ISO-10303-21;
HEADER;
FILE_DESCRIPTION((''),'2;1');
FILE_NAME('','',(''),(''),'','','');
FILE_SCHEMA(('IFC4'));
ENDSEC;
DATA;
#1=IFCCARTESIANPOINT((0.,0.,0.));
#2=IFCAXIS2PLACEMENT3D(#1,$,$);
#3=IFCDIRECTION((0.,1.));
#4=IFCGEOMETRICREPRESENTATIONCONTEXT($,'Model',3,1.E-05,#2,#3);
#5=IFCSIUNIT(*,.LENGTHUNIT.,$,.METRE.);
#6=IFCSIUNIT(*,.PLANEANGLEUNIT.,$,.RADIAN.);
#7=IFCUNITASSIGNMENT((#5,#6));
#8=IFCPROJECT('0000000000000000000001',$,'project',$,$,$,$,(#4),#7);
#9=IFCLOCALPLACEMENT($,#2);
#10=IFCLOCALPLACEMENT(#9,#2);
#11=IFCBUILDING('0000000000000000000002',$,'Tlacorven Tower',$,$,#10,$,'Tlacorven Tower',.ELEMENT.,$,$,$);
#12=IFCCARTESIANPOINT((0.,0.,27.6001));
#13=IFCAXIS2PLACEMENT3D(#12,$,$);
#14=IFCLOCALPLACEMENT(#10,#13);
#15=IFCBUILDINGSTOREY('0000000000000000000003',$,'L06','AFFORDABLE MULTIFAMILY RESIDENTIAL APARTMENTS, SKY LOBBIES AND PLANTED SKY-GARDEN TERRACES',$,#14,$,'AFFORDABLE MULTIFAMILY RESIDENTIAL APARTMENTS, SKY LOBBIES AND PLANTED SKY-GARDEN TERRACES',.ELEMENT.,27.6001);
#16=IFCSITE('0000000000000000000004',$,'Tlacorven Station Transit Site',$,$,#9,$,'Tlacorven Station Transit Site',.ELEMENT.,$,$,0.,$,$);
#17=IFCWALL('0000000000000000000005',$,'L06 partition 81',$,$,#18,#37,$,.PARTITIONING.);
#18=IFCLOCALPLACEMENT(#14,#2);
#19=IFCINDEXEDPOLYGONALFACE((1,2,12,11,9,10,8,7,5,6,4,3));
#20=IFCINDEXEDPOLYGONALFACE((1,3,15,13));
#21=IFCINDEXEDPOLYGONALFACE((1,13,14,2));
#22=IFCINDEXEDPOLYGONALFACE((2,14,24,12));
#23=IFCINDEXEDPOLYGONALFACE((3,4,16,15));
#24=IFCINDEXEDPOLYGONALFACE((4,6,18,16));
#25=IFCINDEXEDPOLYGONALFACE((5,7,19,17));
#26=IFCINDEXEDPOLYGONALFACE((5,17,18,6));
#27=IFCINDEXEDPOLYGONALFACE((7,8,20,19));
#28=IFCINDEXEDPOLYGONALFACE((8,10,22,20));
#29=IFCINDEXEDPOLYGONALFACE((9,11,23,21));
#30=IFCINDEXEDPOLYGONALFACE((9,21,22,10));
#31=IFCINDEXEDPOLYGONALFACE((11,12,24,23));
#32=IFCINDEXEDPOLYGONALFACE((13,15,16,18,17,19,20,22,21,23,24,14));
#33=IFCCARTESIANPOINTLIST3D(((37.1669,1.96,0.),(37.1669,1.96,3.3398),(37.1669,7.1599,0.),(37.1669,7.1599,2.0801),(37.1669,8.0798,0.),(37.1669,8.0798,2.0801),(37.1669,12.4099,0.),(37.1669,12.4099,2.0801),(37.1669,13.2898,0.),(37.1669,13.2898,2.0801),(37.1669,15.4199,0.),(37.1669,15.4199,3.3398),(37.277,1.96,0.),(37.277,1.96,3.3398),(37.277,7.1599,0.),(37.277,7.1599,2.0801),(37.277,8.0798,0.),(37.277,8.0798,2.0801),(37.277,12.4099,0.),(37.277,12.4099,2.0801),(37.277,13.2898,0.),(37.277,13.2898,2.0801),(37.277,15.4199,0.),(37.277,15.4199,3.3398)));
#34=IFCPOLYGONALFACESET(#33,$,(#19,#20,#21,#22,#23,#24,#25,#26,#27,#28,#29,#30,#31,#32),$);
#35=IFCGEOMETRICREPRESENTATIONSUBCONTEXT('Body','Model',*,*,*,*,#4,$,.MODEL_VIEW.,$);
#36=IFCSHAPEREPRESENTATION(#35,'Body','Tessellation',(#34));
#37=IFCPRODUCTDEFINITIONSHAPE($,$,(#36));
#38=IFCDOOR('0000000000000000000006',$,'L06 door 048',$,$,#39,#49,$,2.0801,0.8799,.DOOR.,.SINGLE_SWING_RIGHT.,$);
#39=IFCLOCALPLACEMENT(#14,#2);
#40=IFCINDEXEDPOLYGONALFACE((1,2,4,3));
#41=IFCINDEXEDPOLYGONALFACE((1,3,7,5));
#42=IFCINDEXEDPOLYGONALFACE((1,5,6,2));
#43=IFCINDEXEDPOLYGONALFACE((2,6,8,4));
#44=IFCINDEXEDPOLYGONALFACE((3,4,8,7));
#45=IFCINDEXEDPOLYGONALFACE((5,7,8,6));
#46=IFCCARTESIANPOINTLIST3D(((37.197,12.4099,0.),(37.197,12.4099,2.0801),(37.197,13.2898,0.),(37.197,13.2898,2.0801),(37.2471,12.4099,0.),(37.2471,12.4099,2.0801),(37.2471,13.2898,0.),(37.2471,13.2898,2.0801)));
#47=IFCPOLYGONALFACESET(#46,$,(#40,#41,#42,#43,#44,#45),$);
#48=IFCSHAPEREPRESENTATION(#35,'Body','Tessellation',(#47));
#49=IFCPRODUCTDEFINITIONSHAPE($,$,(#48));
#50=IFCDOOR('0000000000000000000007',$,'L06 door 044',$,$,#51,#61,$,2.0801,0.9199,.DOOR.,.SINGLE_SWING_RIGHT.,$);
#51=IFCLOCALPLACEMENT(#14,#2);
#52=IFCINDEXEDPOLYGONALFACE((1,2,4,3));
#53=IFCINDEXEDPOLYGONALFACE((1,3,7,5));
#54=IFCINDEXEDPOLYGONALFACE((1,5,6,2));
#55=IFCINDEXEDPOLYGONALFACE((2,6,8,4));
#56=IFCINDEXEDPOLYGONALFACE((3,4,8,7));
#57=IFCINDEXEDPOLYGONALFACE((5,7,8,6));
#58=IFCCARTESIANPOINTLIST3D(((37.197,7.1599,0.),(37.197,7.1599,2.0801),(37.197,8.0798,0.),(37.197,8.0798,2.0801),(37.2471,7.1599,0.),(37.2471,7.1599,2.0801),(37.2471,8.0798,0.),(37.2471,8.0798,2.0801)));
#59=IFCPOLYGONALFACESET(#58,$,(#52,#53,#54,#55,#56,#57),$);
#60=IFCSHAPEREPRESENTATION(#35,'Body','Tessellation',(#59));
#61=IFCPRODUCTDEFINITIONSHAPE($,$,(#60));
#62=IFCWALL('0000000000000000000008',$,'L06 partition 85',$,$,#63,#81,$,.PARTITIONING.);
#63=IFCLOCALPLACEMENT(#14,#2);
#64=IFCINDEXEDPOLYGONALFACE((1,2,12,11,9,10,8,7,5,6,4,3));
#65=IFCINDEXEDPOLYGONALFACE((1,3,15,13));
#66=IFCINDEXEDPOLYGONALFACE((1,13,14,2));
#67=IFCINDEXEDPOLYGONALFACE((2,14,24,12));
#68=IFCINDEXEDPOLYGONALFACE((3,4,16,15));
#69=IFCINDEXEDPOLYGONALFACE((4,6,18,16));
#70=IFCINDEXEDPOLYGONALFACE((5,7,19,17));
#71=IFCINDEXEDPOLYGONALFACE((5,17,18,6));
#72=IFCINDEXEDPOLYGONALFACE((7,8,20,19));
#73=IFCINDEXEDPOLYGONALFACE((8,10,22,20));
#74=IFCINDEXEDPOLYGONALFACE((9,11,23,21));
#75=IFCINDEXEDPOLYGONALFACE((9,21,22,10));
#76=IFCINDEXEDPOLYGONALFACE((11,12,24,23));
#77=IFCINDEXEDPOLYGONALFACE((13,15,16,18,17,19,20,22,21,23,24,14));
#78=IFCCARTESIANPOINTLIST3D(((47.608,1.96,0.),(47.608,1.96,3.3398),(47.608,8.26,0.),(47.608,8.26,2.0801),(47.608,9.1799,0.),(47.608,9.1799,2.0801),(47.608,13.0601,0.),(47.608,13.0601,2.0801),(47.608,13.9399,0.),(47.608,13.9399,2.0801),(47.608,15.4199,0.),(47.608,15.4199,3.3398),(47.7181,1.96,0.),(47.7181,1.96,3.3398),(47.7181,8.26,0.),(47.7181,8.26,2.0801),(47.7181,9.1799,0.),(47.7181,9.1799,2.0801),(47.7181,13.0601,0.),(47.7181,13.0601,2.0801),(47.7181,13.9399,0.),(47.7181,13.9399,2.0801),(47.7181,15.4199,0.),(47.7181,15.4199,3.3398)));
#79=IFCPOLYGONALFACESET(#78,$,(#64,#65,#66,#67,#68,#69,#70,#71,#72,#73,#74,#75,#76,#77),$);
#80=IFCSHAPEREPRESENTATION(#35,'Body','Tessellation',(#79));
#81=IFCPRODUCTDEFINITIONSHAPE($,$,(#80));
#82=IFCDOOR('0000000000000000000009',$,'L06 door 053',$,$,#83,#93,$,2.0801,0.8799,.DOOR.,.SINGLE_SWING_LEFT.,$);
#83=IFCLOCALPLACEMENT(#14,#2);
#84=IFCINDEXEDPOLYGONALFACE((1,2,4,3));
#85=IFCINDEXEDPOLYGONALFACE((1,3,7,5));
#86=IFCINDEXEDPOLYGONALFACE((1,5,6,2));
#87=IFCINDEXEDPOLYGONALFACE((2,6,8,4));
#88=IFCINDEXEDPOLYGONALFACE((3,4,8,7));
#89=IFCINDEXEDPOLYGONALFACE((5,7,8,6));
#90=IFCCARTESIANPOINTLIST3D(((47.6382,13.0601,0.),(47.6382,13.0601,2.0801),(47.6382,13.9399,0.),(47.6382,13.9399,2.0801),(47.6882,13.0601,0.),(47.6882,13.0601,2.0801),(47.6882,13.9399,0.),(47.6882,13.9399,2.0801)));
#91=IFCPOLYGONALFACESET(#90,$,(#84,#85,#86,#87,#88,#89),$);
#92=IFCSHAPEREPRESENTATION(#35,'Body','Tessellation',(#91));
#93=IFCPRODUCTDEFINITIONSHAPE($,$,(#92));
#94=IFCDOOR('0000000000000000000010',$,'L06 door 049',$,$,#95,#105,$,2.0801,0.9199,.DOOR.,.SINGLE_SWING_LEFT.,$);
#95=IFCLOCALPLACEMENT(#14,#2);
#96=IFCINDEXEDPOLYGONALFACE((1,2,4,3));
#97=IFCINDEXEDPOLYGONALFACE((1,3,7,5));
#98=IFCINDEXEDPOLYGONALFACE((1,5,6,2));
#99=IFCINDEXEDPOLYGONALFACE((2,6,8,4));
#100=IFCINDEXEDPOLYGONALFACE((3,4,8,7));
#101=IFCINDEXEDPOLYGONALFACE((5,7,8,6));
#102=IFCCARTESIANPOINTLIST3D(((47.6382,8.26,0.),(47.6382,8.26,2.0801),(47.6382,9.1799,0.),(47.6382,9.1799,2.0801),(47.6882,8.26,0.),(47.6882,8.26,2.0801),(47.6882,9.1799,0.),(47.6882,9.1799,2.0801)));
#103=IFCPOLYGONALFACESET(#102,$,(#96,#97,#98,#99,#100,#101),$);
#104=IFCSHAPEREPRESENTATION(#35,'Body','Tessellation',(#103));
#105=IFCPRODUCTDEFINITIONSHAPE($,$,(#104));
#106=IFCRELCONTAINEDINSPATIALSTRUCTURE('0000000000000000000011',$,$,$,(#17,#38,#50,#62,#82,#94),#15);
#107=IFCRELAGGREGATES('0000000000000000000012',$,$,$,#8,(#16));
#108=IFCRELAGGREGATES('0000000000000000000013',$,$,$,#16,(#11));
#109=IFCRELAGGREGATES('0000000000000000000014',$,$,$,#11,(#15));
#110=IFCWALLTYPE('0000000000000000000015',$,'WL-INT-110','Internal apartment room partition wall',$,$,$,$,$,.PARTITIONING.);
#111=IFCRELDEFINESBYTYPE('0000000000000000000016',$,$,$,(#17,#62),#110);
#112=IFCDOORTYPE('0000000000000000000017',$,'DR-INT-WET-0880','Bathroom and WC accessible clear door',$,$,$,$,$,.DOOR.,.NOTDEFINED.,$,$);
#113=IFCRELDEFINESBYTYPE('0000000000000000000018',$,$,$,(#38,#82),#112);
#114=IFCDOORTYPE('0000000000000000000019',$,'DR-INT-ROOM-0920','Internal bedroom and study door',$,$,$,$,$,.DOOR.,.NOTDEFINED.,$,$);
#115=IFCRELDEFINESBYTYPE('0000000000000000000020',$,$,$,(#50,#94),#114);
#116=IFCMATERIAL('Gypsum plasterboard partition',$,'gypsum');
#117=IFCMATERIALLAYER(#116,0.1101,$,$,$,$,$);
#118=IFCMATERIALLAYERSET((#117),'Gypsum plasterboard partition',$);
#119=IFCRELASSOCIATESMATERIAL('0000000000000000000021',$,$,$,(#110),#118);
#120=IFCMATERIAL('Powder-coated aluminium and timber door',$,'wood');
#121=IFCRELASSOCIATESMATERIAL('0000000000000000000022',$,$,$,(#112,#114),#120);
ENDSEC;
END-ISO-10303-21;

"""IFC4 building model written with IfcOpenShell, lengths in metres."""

from ifc_helpers import new_model, si_unit, direction, frame, frame_2d, origin, place, context, subcontext, project, spatial, rectangle, extrude, source, transform, mapped, material, layer, layer_set, type_object, element, fill, save


model = new_model("IFC4")

# Units and contexts
model_context = context("Model", 3, precision=1e-05, world=origin(), true_north=direction((0.0, 1.0)))
body_context = subcontext(model_context, "Body", "Model", "MODEL_VIEW")
ifc_project = project(units=[si_unit("LENGTHUNIT", "METRE"), si_unit("PLANEANGLEUNIT", "RADIAN")], contexts=[model_context])

# Site, building, storey
site_placement = place(None, origin())
site = spatial("IfcSite", under=ifc_project, at=site_placement, Name="Tlacorven Station Transit Site", LongName="Tlacorven Station Transit Site", CompositionType="ELEMENT", RefElevation=0.0)
building_placement = place(site_placement, origin())
building = spatial("IfcBuilding", under=site, at=building_placement, Name="Tlacorven Tower", LongName="Tlacorven Tower", CompositionType="ELEMENT")
storey_placement = place(building_placement, frame((0.0, 0.0, 27.6001)))
storey = spatial("IfcBuildingStorey", under=building, at=storey_placement, Name="L06", Description="AFFORDABLE MULTIFAMILY RESIDENTIAL APARTMENTS, SKY LOBBIES AND PLANTED SKY-GARDEN TERRACES", LongName="AFFORDABLE MULTIFAMILY RESIDENTIAL APARTMENTS, SKY LOBBIES AND PLANTED SKY-GARDEN TERRACES", CompositionType="ELEMENT", Elevation=27.6001)

# Walls, openings, doors
ifc_material_1 = material(Name="Gypsum plasterboard partition", Category="gypsum")
ifc_layer_1 = layer(ifc_material_1, 0.1101)
ifc_layer_set_1 = layer_set([ifc_layer_1], Name="Gypsum plasterboard partition")
wall_type_1 = type_object("IfcWallType", Name="WL-INT-110", Description="Internal apartment room partition wall", PredefinedType="PARTITIONING", material=ifc_layer_set_1)
wall_1_placement = place(storey_placement, frame((37.2219, 1.96, 0.0), z_axis=(0.0, 0.0, 1.0), x_axis=(0.0, 1.0, 0.0)))
wall_1 = element("IfcWall", 1, at=wall_1_placement, inside=storey, type_object=wall_type_1, Name="L06 partition 81", PredefinedType="PARTITIONING", context=body_context, shape_type="SweptSolid", body=[
    extrude(rectangle(XDim=13.46, YDim=0.1101, at=frame_2d((6.73, 0.0))), origin(), (0.0, 0.0, 1.0), 3.3398),
])
opening_1_placement = place(wall_1_placement, frame((5.2, 0.0, 0.0)))
opening_1 = element("IfcOpeningElement", 2, at=opening_1_placement, cuts=wall_1, PredefinedType="OPENING", context=body_context, shape_type="SweptSolid", body=[
    extrude(rectangle(XDim=0.9199, YDim=2.0801, at=frame_2d((0.46, 1.04))), frame((0.0, 0.0649, 0.0), z_axis=(0.0, -1.0, 0.0), x_axis=(1.0, 0.0, 0.0)), (0.0, 0.0, 1.0), 0.1301),
])
opening_2_placement = place(wall_1_placement, frame((10.45, 0.0, 0.0)))
opening_2 = element("IfcOpeningElement", 3, at=opening_2_placement, cuts=wall_1, PredefinedType="OPENING", context=body_context, shape_type="SweptSolid", body=[
    extrude(rectangle(XDim=0.8799, YDim=2.0801, at=frame_2d((0.4399, 1.04))), frame((0.0, 0.0649, 0.0), z_axis=(0.0, -1.0, 0.0), x_axis=(1.0, 0.0, 0.0)), (0.0, 0.0, 1.0), 0.1301),
])
ifc_material_2 = material(Name="Powder-coated aluminium and timber door", Category="wood")
door_type_1 = type_object("IfcDoorType", Name="DR-INT-WET-0880", Description="Bathroom and WC accessible clear door", OperationType="NOTDEFINED", PredefinedType="DOOR", material=ifc_material_2)
shared_shape_1 = source(origin(), body_context, "Body", "SweptSolid", [
    extrude(rectangle(XDim=0.8799, YDim=2.0801, at=frame_2d((0.4399, 1.04))), frame((0.0, 0.0249, 0.0), z_axis=(0.0, -1.0, 0.0), x_axis=(1.0, 0.0, 0.0)), (0.0, 0.0, 1.0), 0.05),
])
door_1_placement = place(opening_2_placement, origin())
door_1 = element("IfcDoor", 4, at=door_1_placement, inside=storey, type_object=door_type_1, Name="L06 door 048", OperationType="SINGLE_SWING_RIGHT", OverallHeight=2.0801, OverallWidth=0.8799, PredefinedType="DOOR", context=body_context, shape_type="MappedRepresentation", body=[
    mapped(shared_shape_1, transform((0.0, 0.0, 0.0), scale=1.0)),
])
fill(opening_2, door_1)
door_type_2 = type_object("IfcDoorType", Name="DR-INT-ROOM-0920", Description="Internal bedroom and study door", OperationType="NOTDEFINED", PredefinedType="DOOR", material=ifc_material_2)
shared_shape_2 = source(origin(), body_context, "Body", "SweptSolid", [
    extrude(rectangle(XDim=0.9199, YDim=2.0801, at=frame_2d((0.46, 1.04))), frame((0.0, 0.0249, 0.0), z_axis=(0.0, -1.0, 0.0), x_axis=(1.0, 0.0, 0.0)), (0.0, 0.0, 1.0), 0.05),
])
door_2_placement = place(opening_1_placement, origin())
door_2 = element("IfcDoor", 5, at=door_2_placement, inside=storey, type_object=door_type_2, Name="L06 door 044", OperationType="SINGLE_SWING_RIGHT", OverallHeight=2.0801, OverallWidth=0.9199, PredefinedType="DOOR", context=body_context, shape_type="MappedRepresentation", body=[
    mapped(shared_shape_2, transform((0.0, 0.0, 0.0), scale=1.0)),
])
fill(opening_1, door_2)
wall_2_placement = place(storey_placement, frame((47.6631, 1.96, 0.0), z_axis=(0.0, 0.0, 1.0), x_axis=(0.0, 1.0, 0.0)))
wall_2 = element("IfcWall", 6, at=wall_2_placement, inside=storey, type_object=wall_type_1, Name="L06 partition 85", PredefinedType="PARTITIONING", context=body_context, shape_type="SweptSolid", body=[
    extrude(rectangle(XDim=13.46, YDim=0.1101, at=frame_2d((6.73, 0.0))), origin(), (0.0, 0.0, 1.0), 3.3398),
])
opening_3_placement = place(wall_2_placement, frame((6.3, 0.0, 0.0)))
opening_3 = element("IfcOpeningElement", 7, at=opening_3_placement, cuts=wall_2, PredefinedType="OPENING", context=body_context, shape_type="SweptSolid", body=[
    extrude(rectangle(XDim=0.9199, YDim=2.0801, at=frame_2d((0.46, 1.04))), frame((0.0, 0.0649, 0.0), z_axis=(0.0, -1.0, 0.0), x_axis=(1.0, 0.0, 0.0)), (0.0, 0.0, 1.0), 0.1301),
])
opening_4_placement = place(wall_2_placement, frame((11.1001, 0.0, 0.0)))
opening_4 = element("IfcOpeningElement", 8, at=opening_4_placement, cuts=wall_2, PredefinedType="OPENING", context=body_context, shape_type="SweptSolid", body=[
    extrude(rectangle(XDim=0.8799, YDim=2.0801, at=frame_2d((0.4399, 1.04))), frame((0.0, 0.0649, 0.0), z_axis=(0.0, -1.0, 0.0), x_axis=(1.0, 0.0, 0.0)), (0.0, 0.0, 1.0), 0.1301),
])
door_3_placement = place(opening_4_placement, origin())
door_3 = element("IfcDoor", 9, at=door_3_placement, inside=storey, type_object=door_type_1, Name="L06 door 053", OperationType="SINGLE_SWING_LEFT", OverallHeight=2.0801, OverallWidth=0.8799, PredefinedType="DOOR", context=body_context, shape_type="MappedRepresentation", body=[
    mapped(shared_shape_1, transform((0.0, 0.0, 0.0), scale=1.0)),
])
fill(opening_4, door_3)
door_4_placement = place(opening_3_placement, origin())
door_4 = element("IfcDoor", 10, at=door_4_placement, inside=storey, type_object=door_type_2, Name="L06 door 049", OperationType="SINGLE_SWING_LEFT", OverallHeight=2.0801, OverallWidth=0.9199, PredefinedType="DOOR", context=body_context, shape_type="MappedRepresentation", body=[
    mapped(shared_shape_2, transform((0.0, 0.0, 0.0), scale=1.0)),
])
fill(opening_3, door_4)

save(model, "model.ifc")
